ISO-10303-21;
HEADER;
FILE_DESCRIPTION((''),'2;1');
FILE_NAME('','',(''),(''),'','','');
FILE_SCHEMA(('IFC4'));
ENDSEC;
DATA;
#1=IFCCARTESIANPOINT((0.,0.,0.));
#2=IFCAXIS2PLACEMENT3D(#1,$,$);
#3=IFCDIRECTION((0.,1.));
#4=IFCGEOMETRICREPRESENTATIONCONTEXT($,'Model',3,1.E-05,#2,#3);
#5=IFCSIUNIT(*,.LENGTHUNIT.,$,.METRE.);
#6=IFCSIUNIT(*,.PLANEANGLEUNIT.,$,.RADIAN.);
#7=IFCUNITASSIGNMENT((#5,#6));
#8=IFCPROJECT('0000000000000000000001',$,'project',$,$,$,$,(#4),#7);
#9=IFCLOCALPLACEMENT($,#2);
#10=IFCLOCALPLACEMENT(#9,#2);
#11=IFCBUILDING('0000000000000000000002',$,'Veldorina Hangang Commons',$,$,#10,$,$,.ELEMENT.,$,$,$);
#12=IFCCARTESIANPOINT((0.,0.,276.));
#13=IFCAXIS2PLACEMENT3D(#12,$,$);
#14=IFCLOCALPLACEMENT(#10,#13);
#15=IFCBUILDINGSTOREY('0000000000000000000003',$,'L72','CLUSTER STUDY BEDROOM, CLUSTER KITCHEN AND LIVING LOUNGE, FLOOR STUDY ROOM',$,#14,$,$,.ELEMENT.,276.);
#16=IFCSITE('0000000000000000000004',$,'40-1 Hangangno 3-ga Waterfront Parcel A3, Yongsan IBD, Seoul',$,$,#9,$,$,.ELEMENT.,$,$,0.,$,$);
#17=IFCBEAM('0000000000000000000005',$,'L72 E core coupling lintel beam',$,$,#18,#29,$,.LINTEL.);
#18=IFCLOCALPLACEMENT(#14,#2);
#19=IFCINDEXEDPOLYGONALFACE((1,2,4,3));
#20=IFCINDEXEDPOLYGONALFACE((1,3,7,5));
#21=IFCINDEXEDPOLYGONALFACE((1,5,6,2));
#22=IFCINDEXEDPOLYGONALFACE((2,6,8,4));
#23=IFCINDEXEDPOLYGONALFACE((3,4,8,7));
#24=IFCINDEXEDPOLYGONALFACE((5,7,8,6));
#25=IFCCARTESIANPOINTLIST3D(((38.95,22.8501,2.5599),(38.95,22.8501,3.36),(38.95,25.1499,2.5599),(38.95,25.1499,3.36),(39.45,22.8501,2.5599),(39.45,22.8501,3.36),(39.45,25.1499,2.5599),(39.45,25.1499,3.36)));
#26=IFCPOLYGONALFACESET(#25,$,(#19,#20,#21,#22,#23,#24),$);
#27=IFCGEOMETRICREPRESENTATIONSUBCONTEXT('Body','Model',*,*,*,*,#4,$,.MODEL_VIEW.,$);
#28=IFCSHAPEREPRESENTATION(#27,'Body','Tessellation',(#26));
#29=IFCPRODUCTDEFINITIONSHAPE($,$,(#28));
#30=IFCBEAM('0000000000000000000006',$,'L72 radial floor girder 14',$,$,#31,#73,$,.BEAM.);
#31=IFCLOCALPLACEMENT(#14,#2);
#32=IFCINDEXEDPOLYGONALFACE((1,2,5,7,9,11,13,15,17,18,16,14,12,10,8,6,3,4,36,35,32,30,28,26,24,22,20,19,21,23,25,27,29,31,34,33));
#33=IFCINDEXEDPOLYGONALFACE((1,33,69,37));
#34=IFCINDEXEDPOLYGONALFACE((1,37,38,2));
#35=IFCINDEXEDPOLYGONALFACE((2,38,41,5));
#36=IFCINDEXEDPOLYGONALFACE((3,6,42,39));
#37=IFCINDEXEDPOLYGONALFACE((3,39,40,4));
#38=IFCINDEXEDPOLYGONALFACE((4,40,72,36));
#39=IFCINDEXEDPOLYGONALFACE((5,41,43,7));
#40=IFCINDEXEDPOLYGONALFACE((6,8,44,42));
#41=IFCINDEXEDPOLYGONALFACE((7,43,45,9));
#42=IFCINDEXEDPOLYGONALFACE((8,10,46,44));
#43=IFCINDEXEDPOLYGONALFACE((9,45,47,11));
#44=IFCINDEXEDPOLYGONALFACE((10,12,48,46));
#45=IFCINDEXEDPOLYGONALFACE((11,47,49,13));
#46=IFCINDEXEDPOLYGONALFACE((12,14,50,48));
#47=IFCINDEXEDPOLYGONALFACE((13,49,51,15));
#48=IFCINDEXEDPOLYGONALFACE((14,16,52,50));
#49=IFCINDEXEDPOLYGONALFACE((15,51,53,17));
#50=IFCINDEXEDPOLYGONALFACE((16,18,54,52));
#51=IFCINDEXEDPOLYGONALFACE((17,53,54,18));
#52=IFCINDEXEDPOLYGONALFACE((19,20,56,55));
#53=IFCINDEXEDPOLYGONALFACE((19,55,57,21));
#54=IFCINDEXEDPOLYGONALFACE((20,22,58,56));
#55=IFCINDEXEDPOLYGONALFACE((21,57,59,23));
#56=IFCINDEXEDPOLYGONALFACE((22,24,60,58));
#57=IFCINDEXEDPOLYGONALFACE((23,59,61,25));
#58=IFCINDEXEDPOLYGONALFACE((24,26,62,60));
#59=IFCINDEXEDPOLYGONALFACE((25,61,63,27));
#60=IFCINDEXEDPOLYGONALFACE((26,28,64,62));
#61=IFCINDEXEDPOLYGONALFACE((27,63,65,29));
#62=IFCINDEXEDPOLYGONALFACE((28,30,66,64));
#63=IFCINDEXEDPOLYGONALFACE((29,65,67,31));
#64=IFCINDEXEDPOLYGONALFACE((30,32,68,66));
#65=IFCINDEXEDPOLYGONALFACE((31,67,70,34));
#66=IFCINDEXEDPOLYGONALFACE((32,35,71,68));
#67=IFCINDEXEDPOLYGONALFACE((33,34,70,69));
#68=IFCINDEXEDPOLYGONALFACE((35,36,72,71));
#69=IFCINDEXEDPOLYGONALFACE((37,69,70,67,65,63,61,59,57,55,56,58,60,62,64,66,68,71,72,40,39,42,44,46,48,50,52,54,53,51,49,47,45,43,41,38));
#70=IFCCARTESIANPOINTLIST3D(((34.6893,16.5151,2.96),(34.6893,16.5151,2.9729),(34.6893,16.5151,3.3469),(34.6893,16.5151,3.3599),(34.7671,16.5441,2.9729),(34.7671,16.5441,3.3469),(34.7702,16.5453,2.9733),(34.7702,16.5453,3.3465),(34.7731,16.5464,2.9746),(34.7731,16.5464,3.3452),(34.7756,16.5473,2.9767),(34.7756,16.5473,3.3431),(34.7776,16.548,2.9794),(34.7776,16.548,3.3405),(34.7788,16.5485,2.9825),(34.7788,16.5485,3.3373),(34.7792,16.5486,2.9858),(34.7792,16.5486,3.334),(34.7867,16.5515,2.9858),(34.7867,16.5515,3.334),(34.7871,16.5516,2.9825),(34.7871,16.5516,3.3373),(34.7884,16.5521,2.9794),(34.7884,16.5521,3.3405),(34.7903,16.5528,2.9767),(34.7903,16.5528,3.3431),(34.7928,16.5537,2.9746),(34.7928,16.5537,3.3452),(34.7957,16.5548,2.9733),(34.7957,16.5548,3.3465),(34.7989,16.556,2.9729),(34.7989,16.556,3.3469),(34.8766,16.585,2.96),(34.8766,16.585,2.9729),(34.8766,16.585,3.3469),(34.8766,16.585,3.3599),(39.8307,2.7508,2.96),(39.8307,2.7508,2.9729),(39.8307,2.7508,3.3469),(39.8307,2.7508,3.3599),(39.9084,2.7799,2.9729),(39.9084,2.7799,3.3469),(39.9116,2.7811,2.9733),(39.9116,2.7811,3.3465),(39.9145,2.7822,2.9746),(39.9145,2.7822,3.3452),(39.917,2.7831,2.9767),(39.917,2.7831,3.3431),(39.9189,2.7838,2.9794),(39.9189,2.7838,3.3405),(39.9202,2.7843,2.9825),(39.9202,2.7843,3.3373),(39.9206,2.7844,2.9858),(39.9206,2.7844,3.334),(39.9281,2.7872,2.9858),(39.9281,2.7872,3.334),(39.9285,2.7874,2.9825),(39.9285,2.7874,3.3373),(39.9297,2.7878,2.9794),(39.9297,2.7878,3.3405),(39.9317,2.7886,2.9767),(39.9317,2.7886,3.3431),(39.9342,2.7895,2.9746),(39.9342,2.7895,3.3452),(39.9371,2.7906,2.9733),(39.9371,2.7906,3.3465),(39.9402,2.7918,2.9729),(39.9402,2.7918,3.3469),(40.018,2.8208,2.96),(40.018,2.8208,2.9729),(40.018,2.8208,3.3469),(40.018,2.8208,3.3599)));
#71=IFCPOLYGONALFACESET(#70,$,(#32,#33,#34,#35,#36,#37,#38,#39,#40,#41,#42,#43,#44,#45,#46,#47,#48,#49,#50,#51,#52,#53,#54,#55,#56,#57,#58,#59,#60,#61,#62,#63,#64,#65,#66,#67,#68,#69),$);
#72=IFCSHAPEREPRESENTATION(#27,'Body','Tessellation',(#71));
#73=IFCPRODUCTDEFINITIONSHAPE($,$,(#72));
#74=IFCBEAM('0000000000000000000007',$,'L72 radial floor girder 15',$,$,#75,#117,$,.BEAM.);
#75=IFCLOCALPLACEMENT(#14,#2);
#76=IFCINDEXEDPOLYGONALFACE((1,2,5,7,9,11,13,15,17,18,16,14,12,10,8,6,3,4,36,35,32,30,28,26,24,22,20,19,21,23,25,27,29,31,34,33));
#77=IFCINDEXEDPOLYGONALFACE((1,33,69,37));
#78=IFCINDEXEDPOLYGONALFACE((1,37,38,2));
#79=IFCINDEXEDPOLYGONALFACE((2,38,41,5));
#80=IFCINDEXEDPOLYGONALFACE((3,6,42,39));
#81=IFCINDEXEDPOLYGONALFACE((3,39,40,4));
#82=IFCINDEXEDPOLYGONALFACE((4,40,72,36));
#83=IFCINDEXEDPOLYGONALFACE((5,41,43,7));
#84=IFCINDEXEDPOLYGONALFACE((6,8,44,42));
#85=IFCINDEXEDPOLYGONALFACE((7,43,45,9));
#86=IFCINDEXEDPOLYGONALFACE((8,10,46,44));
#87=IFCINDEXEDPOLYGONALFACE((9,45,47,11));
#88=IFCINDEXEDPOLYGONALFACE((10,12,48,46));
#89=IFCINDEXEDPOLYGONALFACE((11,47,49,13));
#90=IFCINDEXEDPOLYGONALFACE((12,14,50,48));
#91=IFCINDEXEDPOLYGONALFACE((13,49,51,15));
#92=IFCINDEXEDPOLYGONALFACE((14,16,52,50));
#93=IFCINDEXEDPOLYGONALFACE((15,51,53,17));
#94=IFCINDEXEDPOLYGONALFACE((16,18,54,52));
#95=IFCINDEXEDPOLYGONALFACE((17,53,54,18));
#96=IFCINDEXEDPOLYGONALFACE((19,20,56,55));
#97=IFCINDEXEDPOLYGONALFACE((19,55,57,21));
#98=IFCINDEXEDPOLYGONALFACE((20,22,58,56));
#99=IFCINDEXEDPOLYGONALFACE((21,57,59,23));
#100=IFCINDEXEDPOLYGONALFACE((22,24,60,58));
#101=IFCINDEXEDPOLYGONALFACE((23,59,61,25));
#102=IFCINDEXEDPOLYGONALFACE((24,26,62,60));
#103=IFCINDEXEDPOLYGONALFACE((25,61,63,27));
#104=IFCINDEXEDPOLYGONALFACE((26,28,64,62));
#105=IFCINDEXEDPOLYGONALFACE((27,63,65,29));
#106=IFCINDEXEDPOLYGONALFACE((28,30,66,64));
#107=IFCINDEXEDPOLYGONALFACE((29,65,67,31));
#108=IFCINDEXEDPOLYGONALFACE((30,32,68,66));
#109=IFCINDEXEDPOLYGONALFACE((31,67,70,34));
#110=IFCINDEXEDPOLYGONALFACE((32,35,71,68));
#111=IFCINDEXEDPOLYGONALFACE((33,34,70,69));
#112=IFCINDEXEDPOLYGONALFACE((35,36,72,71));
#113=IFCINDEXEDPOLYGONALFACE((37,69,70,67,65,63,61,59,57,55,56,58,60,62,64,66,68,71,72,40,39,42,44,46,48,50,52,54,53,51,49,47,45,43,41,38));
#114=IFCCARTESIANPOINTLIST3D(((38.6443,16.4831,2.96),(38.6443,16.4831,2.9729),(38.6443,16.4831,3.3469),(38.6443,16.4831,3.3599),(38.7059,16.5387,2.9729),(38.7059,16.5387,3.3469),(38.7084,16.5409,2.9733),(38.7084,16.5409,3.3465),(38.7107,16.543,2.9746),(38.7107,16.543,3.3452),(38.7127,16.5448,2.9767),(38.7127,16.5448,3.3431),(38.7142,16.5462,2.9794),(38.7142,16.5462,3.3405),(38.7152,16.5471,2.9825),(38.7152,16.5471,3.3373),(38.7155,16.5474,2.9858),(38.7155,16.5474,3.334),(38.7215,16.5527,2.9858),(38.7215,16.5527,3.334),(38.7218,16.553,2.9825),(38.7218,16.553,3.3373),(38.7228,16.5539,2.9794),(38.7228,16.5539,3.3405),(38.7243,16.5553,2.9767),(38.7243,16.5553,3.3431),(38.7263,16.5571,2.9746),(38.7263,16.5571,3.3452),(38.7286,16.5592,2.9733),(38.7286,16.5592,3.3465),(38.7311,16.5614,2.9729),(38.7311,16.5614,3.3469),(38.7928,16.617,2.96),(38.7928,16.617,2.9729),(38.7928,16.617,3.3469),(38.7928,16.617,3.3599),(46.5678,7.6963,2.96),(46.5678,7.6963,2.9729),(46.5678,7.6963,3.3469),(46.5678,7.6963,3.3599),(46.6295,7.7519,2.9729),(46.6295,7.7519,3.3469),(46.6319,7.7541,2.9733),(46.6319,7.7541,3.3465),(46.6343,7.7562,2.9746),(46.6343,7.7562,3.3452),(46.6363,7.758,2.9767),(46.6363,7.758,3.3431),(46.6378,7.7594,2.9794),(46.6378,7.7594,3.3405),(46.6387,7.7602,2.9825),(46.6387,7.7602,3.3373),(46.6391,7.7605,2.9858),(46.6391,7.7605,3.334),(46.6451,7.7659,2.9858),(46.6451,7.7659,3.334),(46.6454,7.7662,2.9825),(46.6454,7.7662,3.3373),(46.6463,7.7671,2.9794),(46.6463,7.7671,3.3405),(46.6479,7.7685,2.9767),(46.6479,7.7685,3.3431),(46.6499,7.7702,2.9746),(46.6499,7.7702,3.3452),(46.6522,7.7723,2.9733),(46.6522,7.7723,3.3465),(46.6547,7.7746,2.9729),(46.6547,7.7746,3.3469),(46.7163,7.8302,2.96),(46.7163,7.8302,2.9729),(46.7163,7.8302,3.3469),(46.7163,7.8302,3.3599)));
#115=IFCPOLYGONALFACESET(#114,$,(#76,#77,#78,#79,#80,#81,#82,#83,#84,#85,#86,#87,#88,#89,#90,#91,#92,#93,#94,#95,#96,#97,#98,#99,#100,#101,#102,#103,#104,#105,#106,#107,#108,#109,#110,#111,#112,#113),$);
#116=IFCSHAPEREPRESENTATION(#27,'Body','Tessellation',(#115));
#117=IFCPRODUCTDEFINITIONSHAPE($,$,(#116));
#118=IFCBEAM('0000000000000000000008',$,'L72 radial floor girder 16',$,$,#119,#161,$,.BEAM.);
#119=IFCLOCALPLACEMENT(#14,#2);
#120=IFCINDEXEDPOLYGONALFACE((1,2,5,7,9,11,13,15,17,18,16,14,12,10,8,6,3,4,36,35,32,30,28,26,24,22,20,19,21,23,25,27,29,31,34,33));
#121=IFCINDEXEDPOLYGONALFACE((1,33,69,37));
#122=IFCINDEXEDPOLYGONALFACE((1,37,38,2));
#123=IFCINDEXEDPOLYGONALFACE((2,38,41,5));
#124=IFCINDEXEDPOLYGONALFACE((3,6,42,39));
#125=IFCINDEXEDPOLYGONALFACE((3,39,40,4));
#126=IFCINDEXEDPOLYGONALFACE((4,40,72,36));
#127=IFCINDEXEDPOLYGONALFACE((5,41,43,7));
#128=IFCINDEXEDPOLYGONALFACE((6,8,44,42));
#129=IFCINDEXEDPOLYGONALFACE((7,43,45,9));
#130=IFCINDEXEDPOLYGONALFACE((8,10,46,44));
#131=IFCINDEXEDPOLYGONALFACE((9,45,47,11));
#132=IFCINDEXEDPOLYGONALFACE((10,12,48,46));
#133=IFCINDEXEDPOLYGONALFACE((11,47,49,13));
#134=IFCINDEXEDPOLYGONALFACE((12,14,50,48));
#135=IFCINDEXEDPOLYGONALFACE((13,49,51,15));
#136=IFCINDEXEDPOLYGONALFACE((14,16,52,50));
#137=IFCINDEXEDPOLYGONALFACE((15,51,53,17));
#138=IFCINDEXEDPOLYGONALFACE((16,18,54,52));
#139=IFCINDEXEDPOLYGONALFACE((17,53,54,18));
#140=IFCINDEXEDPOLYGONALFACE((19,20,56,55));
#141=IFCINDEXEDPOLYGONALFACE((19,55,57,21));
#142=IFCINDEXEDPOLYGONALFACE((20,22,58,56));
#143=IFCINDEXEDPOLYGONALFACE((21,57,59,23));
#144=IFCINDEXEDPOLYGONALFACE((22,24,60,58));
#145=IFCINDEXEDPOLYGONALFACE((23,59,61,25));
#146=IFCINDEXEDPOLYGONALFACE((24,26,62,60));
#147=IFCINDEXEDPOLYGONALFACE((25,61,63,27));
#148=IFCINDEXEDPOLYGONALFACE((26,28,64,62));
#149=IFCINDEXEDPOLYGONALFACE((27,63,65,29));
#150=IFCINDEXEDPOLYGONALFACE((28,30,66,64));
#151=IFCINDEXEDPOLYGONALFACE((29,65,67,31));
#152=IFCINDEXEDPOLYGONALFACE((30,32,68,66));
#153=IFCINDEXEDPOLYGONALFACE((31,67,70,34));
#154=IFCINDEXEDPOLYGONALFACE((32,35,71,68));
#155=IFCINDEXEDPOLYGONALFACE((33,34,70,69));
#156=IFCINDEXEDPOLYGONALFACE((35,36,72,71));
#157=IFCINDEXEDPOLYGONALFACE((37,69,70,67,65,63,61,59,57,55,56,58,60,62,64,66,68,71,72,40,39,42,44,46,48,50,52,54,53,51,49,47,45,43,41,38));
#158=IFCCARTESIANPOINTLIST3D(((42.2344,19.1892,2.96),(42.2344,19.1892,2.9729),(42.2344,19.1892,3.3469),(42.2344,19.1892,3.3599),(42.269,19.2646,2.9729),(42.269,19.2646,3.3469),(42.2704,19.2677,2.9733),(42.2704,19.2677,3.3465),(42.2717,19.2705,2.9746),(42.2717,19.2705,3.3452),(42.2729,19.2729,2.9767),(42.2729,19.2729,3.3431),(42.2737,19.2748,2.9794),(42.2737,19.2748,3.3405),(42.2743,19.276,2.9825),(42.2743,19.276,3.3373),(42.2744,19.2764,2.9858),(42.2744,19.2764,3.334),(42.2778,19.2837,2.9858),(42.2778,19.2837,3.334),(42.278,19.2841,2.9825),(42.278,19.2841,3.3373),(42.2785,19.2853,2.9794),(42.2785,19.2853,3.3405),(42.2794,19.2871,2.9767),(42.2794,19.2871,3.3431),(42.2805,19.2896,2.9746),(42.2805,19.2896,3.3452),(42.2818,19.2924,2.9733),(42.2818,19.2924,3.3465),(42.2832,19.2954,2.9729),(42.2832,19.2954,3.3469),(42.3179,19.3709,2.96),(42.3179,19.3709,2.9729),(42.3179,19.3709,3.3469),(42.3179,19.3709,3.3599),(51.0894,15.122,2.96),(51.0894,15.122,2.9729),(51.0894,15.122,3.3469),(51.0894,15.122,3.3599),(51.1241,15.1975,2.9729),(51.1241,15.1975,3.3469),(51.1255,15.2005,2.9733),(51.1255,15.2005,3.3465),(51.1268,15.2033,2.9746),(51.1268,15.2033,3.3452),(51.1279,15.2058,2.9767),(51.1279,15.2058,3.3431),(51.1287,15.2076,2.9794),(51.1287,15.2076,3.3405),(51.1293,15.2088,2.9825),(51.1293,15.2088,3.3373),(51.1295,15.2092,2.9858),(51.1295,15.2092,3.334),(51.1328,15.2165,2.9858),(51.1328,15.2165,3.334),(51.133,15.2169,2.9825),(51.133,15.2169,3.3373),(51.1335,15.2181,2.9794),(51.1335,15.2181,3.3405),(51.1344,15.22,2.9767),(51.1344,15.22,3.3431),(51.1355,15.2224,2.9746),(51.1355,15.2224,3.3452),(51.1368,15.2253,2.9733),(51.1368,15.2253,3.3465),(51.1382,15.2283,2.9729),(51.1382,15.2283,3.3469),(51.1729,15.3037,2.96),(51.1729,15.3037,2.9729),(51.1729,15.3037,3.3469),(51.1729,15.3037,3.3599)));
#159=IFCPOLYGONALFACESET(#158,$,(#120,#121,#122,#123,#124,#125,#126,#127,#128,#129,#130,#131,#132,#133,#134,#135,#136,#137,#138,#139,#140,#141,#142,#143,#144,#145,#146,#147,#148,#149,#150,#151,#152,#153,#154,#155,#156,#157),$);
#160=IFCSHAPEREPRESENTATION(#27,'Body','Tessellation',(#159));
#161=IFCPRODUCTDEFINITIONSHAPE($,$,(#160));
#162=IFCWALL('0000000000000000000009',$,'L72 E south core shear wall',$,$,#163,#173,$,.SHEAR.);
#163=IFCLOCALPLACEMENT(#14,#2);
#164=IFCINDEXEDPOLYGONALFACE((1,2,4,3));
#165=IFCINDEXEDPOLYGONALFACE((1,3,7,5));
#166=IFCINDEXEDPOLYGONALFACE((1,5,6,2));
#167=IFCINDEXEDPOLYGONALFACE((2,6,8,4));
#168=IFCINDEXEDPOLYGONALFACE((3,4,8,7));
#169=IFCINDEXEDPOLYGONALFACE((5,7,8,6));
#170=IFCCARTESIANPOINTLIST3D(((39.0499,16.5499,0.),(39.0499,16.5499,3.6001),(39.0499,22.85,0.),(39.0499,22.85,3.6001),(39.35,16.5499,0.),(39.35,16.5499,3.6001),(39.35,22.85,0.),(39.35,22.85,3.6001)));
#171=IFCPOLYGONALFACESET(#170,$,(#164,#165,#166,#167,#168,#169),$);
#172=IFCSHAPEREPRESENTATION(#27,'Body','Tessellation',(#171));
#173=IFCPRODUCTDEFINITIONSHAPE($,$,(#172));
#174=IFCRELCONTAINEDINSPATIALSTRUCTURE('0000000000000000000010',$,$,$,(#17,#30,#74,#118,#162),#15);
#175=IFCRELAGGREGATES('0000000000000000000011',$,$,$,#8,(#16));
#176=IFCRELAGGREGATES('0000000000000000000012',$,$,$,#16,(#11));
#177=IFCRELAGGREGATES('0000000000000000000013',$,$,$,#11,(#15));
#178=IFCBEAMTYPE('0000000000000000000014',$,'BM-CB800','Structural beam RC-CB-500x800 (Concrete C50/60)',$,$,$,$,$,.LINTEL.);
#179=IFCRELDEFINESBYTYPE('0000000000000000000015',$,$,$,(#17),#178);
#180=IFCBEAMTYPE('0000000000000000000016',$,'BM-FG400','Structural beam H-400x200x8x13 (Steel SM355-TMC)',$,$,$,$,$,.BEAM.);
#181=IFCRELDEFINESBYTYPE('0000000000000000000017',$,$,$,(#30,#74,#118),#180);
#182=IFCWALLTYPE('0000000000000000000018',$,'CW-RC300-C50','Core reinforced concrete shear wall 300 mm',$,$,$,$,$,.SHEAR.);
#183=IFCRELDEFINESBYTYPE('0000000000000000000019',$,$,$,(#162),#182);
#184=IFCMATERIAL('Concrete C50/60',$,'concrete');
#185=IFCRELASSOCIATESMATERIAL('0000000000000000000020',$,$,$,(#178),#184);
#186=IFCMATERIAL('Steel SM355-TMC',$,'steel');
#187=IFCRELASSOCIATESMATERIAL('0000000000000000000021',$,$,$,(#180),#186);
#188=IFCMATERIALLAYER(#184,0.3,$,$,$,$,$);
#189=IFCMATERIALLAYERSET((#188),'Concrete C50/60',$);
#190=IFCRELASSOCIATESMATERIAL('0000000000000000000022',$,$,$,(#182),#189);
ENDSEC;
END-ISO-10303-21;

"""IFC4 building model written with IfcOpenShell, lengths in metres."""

from ifc_helpers import new_model, si_unit, direction, frame, frame_2d, origin, origin_2d, place, context, subcontext, project, spatial, rectangle, i_section, extrude, material, layer, layer_set, material_profile, profile_set, type_object, element, save


model = new_model("IFC4")

# Units and contexts
model_context = context("Model", 3, precision=1e-05, world=origin(), true_north=direction((0.0, 1.0)))
body_context = subcontext(model_context, "Body", "Model", "MODEL_VIEW")
ifc_project = project(units=[si_unit("LENGTHUNIT", "METRE"), si_unit("PLANEANGLEUNIT", "RADIAN")], contexts=[model_context])

# Site, building, storey
site_placement = place(None, origin())
site = spatial("IfcSite", under=ifc_project, at=site_placement, Name="40-1 Hangangno 3-ga Waterfront Parcel A3, Yongsan IBD, Seoul", CompositionType="ELEMENT", RefElevation=0.0)
building_placement = place(site_placement, origin())
building = spatial("IfcBuilding", under=site, at=building_placement, Name="Veldorina Hangang Commons", CompositionType="ELEMENT")
storey_placement = place(building_placement, frame((0.0, 0.0, 276.0)))
storey = spatial("IfcBuildingStorey", under=building, at=storey_placement, Name="L72", Description="CLUSTER STUDY BEDROOM, CLUSTER KITCHEN AND LIVING LOUNGE, FLOOR STUDY ROOM", CompositionType="ELEMENT", Elevation=276.0)

# Beams
ifc_material_1 = material(Name="Concrete C50/60", Category="concrete")
ifc_material_profile_1 = material_profile(ifc_material_1, rectangle(XDim=0.5, YDim=0.8, at=origin_2d()), Name="RC-CB-500x800")
ifc_profile_set_1 = profile_set([ifc_material_profile_1], Name="Concrete C50/60")
beam_type_1 = type_object("IfcBeamType", Name="BM-CB800", Description="Structural beam RC-CB-500x800 (Concrete C50/60)", PredefinedType="LINTEL", material=ifc_profile_set_1)
beam_1_placement = place(storey_placement, frame((39.2, 22.8501, 2.96), z_axis=(0.0, 1.0, 0.0), x_axis=(-1.0, 0.0, 0.0)))
element("IfcBeam", 1, at=beam_1_placement, inside=storey, type_object=beam_type_1, Name="L72 E core coupling lintel beam", PredefinedType="LINTEL", context=body_context, shape_type="SweptSolid", body=[
    extrude(rectangle(XDim=0.5, YDim=0.8, at=origin_2d()), origin(), (0.0, 0.0, 1.0), 2.2998),
])
ifc_material_2 = material(Name="Steel SM355-TMC", Category="steel")
ifc_material_profile_2 = material_profile(ifc_material_2, i_section(OverallWidth=0.2, OverallDepth=0.3999, WebThickness=0.0081, FlangeThickness=0.0129, FilletRadius=0.0129, at=origin_2d()), Name="H-400x200x8x13")
ifc_profile_set_2 = profile_set([ifc_material_profile_2], Name="Steel SM355-TMC")
beam_type_2 = type_object("IfcBeamType", Name="BM-FG400", Description="Structural beam H-400x200x8x13 (Steel SM355-TMC)", PredefinedType="BEAM", material=ifc_profile_set_2)
beam_2_placement = place(storey_placement, frame((34.783, 16.55, 3.1599), z_axis=(0.349918, -0.93678, 0.0), x_axis=(0.93678, 0.349918, 0.0)))
element("IfcBeam", 2, at=beam_2_placement, inside=storey, type_object=beam_type_2, Name="L72 radial floor girder 14", PredefinedType="BEAM", context=body_context, shape_type="SweptSolid", body=[
    extrude(i_section(OverallWidth=0.2, OverallDepth=0.3999, WebThickness=0.0081, FlangeThickness=0.0129, FilletRadius=0.0129, at=origin_2d()), origin(), (0.0, 0.0, 1.0), 14.6931),
])
beam_3_placement = place(storey_placement, frame((38.7185, 16.55, 3.1599), z_axis=(0.669684, -0.742646, 0.0), x_axis=(0.742646, 0.669684, 0.0)))
element("IfcBeam", 3, at=beam_3_placement, inside=storey, type_object=beam_type_2, Name="L72 radial floor girder 15", PredefinedType="BEAM", context=body_context, shape_type="SweptSolid", body=[
    extrude(i_section(OverallWidth=0.2, OverallDepth=0.3999, WebThickness=0.0081, FlangeThickness=0.0129, FilletRadius=0.0129, at=origin_2d()), origin(), (0.0, 0.0, 1.0), 11.8318),
])
beam_4_placement = place(storey_placement, frame((42.2761, 19.28, 3.1599), z_axis=(0.90873, -0.417384, 0.0), x_axis=(0.417384, 0.90873, 0.0)))
element("IfcBeam", 4, at=beam_4_placement, inside=storey, type_object=beam_type_2, Name="L72 radial floor girder 16", PredefinedType="BEAM", context=body_context, shape_type="SweptSolid", body=[
    extrude(i_section(OverallWidth=0.2, OverallDepth=0.3999, WebThickness=0.0081, FlangeThickness=0.0129, FilletRadius=0.0129, at=origin_2d()), origin(), (0.0, 0.0, 1.0), 9.7444),
])

# Wall
ifc_layer_1 = layer(ifc_material_1, 0.3)
ifc_layer_set_1 = layer_set([ifc_layer_1], Name="Concrete C50/60")
wall_type_1 = type_object("IfcWallType", Name="CW-RC300-C50", Description="Core reinforced concrete shear wall 300 mm", PredefinedType="SHEAR", material=ifc_layer_set_1)
wall_1_placement = place(storey_placement, frame((39.2, 16.55, 0.0), z_axis=(0.0, 0.0, 1.0), x_axis=(0.0, 1.0, 0.0)))
element("IfcWall", 5, at=wall_1_placement, inside=storey, type_object=wall_type_1, Name="L72 E south core shear wall", PredefinedType="SHEAR", context=body_context, shape_type="SweptSolid", body=[
    extrude(rectangle(XDim=6.3, YDim=0.3, at=frame_2d((3.1499, 0.0))), origin(), (0.0, 0.0, 1.0), 3.6001),
])

save(model, "model.ifc")
